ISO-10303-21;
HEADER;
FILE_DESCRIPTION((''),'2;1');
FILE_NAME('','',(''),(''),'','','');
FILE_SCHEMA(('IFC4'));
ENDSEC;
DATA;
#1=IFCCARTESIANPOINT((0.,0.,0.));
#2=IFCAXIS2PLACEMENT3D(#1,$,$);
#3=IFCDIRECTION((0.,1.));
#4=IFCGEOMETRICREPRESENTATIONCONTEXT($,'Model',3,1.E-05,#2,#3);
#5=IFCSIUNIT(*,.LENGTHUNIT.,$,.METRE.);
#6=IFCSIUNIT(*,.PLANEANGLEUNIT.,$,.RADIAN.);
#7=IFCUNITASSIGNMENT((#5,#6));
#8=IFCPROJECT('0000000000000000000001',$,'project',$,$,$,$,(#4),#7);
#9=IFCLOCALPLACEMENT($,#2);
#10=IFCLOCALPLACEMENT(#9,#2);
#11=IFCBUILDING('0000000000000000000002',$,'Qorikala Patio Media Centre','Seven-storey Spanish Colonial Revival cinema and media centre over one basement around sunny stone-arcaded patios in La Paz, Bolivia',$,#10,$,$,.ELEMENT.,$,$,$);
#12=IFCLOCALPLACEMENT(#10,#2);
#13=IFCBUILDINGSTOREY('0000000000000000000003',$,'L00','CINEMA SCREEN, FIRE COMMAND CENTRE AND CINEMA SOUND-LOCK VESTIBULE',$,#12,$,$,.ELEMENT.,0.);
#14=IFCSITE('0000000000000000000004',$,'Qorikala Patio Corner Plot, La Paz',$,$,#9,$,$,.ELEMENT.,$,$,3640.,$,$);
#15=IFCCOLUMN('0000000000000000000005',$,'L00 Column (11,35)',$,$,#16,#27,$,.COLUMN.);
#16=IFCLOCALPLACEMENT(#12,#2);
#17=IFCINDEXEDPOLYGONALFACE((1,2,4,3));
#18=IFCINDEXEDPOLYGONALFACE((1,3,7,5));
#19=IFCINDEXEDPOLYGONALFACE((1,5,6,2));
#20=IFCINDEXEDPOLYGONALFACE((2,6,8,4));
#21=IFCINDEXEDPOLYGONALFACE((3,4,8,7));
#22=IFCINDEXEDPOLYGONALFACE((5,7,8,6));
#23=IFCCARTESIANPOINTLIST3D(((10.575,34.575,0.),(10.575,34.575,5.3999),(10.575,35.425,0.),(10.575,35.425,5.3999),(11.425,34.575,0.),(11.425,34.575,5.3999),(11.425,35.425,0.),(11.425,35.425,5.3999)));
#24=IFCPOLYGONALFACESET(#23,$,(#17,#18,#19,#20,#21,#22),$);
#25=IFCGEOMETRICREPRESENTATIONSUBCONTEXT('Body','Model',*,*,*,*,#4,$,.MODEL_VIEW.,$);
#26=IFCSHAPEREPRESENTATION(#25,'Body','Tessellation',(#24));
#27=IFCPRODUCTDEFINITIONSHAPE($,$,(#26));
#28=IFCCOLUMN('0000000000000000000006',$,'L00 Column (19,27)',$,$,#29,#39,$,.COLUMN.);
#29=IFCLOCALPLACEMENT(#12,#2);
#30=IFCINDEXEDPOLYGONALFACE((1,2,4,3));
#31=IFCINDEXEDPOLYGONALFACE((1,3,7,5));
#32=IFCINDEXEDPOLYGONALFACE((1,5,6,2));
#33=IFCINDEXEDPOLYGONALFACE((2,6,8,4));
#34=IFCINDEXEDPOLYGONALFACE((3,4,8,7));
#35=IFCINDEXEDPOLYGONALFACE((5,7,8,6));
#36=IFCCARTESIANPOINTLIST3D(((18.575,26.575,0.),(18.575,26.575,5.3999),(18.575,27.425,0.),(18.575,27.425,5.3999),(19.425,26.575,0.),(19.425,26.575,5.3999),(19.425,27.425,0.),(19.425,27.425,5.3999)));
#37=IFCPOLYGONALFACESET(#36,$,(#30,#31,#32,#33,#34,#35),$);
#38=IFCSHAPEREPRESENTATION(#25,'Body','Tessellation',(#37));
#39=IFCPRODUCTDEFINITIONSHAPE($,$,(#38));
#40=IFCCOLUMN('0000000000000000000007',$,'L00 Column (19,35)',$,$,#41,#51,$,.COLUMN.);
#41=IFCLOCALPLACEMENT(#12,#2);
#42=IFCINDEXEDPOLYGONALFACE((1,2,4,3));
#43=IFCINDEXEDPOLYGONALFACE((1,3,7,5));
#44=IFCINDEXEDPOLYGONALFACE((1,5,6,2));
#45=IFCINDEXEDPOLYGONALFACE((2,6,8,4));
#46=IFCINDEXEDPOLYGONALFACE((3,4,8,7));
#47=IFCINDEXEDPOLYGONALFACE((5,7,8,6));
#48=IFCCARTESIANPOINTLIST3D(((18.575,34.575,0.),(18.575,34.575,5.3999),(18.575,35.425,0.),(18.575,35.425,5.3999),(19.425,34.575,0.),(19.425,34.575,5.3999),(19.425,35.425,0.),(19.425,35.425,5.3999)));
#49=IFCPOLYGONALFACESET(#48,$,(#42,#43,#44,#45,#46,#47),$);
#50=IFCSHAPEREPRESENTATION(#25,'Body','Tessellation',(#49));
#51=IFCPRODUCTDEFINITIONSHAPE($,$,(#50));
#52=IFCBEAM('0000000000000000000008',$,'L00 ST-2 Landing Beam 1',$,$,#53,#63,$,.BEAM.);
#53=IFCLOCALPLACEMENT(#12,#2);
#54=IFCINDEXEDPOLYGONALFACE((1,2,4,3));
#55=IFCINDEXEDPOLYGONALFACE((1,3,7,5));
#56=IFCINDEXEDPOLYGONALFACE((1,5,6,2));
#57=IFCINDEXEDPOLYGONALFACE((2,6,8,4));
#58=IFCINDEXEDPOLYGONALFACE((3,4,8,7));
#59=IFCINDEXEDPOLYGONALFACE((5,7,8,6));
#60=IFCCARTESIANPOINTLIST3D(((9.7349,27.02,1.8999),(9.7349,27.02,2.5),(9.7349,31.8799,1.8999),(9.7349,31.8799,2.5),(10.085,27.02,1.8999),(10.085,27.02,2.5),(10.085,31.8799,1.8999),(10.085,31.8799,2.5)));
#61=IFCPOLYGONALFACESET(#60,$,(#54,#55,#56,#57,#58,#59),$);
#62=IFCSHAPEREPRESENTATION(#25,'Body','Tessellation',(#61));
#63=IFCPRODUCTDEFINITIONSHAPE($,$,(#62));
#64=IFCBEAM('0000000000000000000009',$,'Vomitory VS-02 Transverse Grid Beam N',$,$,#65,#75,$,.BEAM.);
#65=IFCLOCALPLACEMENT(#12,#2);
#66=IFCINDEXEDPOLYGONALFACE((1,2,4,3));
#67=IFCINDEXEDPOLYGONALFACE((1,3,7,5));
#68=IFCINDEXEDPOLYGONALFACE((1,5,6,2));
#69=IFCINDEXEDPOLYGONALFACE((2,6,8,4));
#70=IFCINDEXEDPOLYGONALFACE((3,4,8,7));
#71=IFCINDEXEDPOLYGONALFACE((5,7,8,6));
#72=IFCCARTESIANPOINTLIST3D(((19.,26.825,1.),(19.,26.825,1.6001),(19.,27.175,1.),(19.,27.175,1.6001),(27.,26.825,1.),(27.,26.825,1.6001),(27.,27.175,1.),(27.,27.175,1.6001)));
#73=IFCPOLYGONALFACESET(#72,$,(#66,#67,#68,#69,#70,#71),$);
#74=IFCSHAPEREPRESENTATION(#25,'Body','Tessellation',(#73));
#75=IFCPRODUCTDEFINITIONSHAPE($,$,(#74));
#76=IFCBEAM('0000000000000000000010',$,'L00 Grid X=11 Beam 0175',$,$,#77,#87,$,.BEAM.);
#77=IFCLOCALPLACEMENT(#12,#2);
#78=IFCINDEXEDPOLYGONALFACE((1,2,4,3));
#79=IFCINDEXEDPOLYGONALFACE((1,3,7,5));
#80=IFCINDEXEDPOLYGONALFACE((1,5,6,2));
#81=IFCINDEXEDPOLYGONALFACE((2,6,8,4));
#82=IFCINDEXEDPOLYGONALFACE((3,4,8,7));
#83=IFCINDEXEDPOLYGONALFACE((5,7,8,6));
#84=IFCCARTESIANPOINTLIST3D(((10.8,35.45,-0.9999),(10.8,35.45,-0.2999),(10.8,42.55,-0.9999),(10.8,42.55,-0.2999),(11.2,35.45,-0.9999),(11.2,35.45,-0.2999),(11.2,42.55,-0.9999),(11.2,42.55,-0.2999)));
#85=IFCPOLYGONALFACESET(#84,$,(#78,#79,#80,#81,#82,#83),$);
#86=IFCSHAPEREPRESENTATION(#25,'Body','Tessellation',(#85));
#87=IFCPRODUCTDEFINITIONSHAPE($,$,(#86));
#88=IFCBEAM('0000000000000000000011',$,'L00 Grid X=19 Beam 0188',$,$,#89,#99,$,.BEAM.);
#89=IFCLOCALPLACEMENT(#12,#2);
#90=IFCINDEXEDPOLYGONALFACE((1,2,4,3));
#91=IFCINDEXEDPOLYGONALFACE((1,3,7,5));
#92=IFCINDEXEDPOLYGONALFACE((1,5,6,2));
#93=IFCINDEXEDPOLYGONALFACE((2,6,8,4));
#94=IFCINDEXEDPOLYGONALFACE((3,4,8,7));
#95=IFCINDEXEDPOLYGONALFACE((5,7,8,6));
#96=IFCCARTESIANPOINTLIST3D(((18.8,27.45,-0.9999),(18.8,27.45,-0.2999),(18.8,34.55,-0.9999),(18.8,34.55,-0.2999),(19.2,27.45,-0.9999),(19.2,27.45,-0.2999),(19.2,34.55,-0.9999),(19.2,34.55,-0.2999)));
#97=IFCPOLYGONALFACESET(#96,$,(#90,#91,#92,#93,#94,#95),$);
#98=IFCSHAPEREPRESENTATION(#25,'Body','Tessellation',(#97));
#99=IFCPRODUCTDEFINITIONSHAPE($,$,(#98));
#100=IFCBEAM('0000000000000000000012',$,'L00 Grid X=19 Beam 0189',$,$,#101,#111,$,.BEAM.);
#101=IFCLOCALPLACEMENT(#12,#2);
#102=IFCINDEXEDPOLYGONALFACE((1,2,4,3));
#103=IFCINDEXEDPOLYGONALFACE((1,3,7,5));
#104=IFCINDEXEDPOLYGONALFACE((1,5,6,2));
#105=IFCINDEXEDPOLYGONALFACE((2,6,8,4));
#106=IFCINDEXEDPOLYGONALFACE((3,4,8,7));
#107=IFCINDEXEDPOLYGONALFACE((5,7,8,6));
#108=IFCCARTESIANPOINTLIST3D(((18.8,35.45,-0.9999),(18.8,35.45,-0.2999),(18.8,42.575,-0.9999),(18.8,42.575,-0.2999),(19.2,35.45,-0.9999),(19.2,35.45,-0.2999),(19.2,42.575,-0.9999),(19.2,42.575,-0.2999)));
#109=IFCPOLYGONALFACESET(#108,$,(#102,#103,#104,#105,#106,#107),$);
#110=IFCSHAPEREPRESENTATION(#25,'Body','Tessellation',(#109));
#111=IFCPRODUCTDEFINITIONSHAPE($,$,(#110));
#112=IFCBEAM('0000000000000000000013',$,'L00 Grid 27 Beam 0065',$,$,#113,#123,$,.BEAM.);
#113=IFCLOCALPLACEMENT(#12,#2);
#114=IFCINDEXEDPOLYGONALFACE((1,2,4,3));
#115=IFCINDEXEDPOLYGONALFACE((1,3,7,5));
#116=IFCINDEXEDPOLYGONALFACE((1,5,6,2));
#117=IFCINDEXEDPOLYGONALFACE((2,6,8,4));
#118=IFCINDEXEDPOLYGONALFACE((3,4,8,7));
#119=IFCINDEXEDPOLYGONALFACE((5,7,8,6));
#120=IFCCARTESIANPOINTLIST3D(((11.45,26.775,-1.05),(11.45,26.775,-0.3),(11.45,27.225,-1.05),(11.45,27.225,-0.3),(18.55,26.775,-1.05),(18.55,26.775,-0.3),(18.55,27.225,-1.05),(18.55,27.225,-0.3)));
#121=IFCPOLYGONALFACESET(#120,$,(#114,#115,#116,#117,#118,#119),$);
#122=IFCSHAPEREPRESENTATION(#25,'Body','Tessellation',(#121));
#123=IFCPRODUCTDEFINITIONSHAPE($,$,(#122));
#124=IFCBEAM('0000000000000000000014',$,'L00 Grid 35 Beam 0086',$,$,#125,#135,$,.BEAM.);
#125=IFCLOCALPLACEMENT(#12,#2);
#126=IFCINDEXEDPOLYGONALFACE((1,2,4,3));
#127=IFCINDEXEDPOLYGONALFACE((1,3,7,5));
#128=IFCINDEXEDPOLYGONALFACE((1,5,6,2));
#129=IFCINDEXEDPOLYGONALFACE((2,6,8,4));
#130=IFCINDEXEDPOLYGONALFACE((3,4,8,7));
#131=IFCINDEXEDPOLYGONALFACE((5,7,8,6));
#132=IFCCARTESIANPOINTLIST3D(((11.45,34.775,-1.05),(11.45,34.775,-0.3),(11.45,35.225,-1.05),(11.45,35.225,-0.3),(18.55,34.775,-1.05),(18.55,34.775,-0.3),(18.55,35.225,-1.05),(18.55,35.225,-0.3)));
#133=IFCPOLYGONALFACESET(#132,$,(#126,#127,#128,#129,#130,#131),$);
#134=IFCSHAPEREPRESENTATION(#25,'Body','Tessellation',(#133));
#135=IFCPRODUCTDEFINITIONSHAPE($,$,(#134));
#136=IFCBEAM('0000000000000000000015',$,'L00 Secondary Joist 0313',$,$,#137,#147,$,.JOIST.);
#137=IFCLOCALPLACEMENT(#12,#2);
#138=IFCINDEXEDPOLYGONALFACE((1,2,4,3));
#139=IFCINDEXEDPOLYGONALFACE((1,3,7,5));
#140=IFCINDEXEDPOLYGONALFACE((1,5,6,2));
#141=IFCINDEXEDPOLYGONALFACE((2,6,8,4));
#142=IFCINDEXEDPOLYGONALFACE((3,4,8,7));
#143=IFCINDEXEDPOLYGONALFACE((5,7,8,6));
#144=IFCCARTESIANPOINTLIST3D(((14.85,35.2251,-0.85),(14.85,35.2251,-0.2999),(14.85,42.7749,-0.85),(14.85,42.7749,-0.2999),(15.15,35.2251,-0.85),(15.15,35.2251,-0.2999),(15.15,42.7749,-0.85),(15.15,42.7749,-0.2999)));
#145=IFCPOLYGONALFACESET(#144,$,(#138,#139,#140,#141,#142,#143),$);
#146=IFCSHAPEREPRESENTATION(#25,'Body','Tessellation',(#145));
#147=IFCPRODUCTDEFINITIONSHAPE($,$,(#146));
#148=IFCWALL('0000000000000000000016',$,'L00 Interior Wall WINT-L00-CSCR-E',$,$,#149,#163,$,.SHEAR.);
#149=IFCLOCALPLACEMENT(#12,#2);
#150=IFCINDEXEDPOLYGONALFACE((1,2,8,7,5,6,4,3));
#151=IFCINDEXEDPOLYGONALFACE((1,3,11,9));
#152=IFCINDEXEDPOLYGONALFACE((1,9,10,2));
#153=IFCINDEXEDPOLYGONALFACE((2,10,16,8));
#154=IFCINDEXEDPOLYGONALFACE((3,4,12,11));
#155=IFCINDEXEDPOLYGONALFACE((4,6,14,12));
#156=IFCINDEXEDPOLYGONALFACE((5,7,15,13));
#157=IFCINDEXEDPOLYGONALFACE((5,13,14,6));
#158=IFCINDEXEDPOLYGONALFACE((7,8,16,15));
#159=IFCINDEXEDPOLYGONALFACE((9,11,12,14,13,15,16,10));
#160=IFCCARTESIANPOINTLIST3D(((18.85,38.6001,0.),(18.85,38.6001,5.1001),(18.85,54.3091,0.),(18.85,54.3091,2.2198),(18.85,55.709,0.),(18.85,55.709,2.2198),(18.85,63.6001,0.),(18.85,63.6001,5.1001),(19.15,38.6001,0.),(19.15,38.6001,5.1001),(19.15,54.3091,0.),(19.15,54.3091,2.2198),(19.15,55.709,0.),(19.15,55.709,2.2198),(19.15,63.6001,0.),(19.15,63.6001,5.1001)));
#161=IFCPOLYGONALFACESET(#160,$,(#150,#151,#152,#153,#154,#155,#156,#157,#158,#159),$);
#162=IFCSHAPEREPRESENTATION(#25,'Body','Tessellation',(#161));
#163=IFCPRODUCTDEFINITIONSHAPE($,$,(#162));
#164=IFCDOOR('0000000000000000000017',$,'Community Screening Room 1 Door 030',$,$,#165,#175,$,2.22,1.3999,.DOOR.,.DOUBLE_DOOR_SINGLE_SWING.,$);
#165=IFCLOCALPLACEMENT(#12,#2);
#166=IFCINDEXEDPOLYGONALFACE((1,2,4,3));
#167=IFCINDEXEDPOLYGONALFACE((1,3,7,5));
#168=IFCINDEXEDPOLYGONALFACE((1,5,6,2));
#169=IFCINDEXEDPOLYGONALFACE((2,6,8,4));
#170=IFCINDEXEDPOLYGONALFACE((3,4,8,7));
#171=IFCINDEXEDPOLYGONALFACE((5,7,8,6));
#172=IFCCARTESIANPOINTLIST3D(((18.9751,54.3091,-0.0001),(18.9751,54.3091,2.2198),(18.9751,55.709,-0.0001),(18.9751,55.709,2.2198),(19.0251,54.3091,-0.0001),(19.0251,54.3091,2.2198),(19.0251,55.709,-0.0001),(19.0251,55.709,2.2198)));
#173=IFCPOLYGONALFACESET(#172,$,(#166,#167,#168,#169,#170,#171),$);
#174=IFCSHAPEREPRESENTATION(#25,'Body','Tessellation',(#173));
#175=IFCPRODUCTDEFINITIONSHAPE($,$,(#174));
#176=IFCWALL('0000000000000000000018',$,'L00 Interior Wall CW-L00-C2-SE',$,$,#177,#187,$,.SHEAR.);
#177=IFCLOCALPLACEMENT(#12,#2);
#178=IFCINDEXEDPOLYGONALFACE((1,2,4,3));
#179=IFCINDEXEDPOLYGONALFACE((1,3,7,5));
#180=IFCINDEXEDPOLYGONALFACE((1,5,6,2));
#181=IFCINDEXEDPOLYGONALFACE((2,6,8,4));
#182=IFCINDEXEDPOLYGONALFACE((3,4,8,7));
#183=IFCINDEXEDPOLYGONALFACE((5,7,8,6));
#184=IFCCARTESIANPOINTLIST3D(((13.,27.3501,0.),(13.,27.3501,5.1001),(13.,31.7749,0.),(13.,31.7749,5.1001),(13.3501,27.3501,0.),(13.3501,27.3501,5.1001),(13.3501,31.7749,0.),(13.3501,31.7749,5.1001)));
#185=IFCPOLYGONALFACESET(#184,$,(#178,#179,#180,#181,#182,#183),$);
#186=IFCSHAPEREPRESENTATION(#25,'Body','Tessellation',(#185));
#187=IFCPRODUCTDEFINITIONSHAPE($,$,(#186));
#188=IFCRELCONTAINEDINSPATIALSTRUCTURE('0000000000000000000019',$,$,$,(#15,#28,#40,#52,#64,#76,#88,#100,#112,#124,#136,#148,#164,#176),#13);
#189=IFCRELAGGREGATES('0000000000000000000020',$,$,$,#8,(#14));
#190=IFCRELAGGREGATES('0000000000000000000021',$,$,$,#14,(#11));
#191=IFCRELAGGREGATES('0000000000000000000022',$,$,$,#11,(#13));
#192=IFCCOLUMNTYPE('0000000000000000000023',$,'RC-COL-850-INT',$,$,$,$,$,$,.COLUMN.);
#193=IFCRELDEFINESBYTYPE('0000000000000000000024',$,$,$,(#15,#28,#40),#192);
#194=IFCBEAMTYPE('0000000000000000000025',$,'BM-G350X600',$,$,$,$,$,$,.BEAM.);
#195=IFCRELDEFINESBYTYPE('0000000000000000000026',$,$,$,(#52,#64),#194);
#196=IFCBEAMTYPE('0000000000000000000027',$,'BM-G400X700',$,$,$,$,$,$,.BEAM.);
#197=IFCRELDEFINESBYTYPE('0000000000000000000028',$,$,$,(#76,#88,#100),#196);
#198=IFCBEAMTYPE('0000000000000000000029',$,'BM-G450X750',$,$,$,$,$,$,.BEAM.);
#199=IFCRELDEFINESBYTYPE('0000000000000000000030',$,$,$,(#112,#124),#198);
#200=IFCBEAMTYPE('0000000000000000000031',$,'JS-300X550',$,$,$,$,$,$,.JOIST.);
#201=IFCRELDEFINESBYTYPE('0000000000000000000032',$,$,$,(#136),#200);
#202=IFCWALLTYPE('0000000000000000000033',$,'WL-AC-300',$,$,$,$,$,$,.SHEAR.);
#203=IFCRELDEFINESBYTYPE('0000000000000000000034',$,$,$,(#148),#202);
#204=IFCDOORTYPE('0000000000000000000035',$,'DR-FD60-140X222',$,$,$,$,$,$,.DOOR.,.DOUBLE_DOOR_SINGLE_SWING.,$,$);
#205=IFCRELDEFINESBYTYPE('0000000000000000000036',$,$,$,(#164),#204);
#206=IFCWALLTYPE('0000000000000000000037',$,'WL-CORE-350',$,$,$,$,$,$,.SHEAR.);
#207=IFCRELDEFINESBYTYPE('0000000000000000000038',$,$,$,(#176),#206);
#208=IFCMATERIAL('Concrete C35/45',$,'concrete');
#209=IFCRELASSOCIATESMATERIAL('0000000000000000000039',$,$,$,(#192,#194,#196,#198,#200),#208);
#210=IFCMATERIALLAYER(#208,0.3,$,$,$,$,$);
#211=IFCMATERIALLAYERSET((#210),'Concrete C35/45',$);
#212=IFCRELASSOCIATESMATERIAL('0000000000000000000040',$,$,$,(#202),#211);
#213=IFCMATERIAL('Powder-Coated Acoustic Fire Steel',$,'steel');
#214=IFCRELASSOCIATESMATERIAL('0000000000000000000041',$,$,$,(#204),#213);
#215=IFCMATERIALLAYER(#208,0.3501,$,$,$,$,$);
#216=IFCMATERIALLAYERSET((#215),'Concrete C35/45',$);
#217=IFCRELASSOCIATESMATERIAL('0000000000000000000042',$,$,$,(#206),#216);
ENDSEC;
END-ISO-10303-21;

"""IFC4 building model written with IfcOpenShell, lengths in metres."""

from ifc_helpers import new_model, si_unit, direction, frame, frame_2d, origin, origin_2d, place, context, subcontext, project, spatial, rectangle, extrude, material, layer, layer_set, material_profile, profile_set, type_object, element, fill, save


model = new_model("IFC4")

# Units and contexts
model_context = context("Model", 3, precision=1e-05, world=origin(), true_north=direction((0.0, 1.0)))
body_context = subcontext(model_context, "Body", "Model", "MODEL_VIEW")
ifc_project = project(units=[si_unit("LENGTHUNIT", "METRE"), si_unit("PLANEANGLEUNIT", "RADIAN")], contexts=[model_context])

# Site, building, storey
site_placement = place(None, origin())
site = spatial("IfcSite", under=ifc_project, at=site_placement, Name="Qorikala Patio Corner Plot, La Paz", CompositionType="ELEMENT", RefElevation=3640.0)
building_placement = place(site_placement, origin())
building = spatial("IfcBuilding", under=site, at=building_placement, Name="Qorikala Patio Media Centre", Description="Seven-storey Spanish Colonial Revival cinema and media centre over one basement around sunny stone-arcaded patios in La Paz, Bolivia", CompositionType="ELEMENT")
storey_placement = place(building_placement, origin())
storey = spatial("IfcBuildingStorey", under=building, at=storey_placement, Name="L00", Description="CINEMA SCREEN, FIRE COMMAND CENTRE AND CINEMA SOUND-LOCK VESTIBULE", CompositionType="ELEMENT", Elevation=0.0)

# Columns
ifc_material_1 = material(Name="Concrete C35/45", Category="concrete")
ifc_material_profile_1 = material_profile(ifc_material_1, rectangle(XDim=0.8501, YDim=0.8501, at=origin_2d()), Name="RC 850x850")
ifc_profile_set_1 = profile_set([ifc_material_profile_1], Name="Concrete C35/45")
column_type = type_object("IfcColumnType", Name="RC-COL-850-INT", PredefinedType="COLUMN", material=ifc_profile_set_1)
for number, where, z_axis, x_axis, name in (
    (1, (11.0, 35.0, 0.0), (0.0, 0.0, 1.0), (1.0, 0.0, 0.0), "L00 Column (11,35)"),
    (2, (19.0, 27.0, 0.0), (0.0, 0.0, 1.0), (1.0, 0.0, 0.0), "L00 Column (19,27)"),
    (3, (19.0, 35.0, 0.0), (0.0, 0.0, 1.0), (1.0, 0.0, 0.0), "L00 Column (19,35)"),
):
    element("IfcColumn", number, at=place(storey_placement, frame(where, z_axis=z_axis, x_axis=x_axis)), inside=storey, type_object=column_type, Name=name, PredefinedType="COLUMN", context=body_context, shape_type="SweptSolid", body=[
        extrude(rectangle(XDim=0.8501, YDim=0.8501, at=origin_2d()), origin(), (0.0, 0.0, 1.0), 5.3999),
    ])

# Beams
ifc_material_profile_2 = material_profile(ifc_material_1, rectangle(XDim=0.3501, YDim=0.6001, at=origin_2d()), Name="RC 350x600")
ifc_profile_set_2 = profile_set([ifc_material_profile_2], Name="Concrete C35/45")
beam_type_1 = type_object("IfcBeamType", Name="BM-G350X600", PredefinedType="BEAM", material=ifc_profile_set_2)
beam_1_placement = place(storey_placement, frame((9.9099, 27.02, 2.2), z_axis=(0.0, 1.0, 0.0), x_axis=(-1.0, 0.0, 0.0)))
element("IfcBeam", 4, at=beam_1_placement, inside=storey, type_object=beam_type_1, Name="L00 ST-2 Landing Beam 1", PredefinedType="BEAM", context=body_context, shape_type="SweptSolid", body=[
    extrude(rectangle(XDim=0.3501, YDim=0.6001, at=origin_2d()), origin(), (0.0, 0.0, 1.0), 4.8599),
])
beam_2_placement = place(storey_placement, frame((19.0, 27.0, 1.3), z_axis=(1.0, 0.0, 0.0), x_axis=(0.0, 1.0, 0.0)))
element("IfcBeam", 5, at=beam_2_placement, inside=storey, type_object=beam_type_1, Name="Vomitory VS-02 Transverse Grid Beam N", PredefinedType="BEAM", context=body_context, shape_type="SweptSolid", body=[
    extrude(rectangle(XDim=0.3501, YDim=0.6001, at=origin_2d()), origin(), (0.0, 0.0, 1.0), 8.0),
])
ifc_material_profile_3 = material_profile(ifc_material_1, rectangle(XDim=0.3999, YDim=0.7, at=origin_2d()), Name="RC 400x700")
ifc_profile_set_3 = profile_set([ifc_material_profile_3], Name="Concrete C35/45")
beam_type_2 = type_object("IfcBeamType", Name="BM-G400X700", PredefinedType="BEAM", material=ifc_profile_set_3)
for number, where, z_axis, x_axis, name in (
    (6, (11.0, 35.45, -0.6499), (0.0, 1.0, 0.0), (-1.0, 0.0, 0.0), "L00 Grid X=11 Beam 0175"),
    (7, (19.0, 27.45, -0.6499), (0.0, 1.0, 0.0), (-1.0, 0.0, 0.0), "L00 Grid X=19 Beam 0188"),
):
    element("IfcBeam", number, at=place(storey_placement, frame(where, z_axis=z_axis, x_axis=x_axis)), inside=storey, type_object=beam_type_2, Name=name, PredefinedType="BEAM", context=body_context, shape_type="SweptSolid", body=[
        extrude(rectangle(XDim=0.3999, YDim=0.7, at=origin_2d()), origin(), (0.0, 0.0, 1.0), 7.1001),
    ])
beam_3_placement = place(storey_placement, frame((19.0, 35.45, -0.6499), z_axis=(0.0, 1.0, 0.0), x_axis=(-1.0, 0.0, 0.0)))
element("IfcBeam", 8, at=beam_3_placement, inside=storey, type_object=beam_type_2, Name="L00 Grid X=19 Beam 0189", PredefinedType="BEAM", context=body_context, shape_type="SweptSolid", body=[
    extrude(rectangle(XDim=0.3999, YDim=0.7, at=origin_2d()), origin(), (0.0, 0.0, 1.0), 7.125),
])
ifc_material_profile_4 = material_profile(ifc_material_1, rectangle(XDim=0.45, YDim=0.75, at=origin_2d()), Name="RC 450x750")
ifc_profile_set_4 = profile_set([ifc_material_profile_4], Name="Concrete C35/45")
beam_type_3 = type_object("IfcBeamType", Name="BM-G450X750", PredefinedType="BEAM", material=ifc_profile_set_4)
for number, where, z_axis, x_axis, name in (
    (9, (11.45, 27.0, -0.675), (1.0, 0.0, 0.0), (0.0, 1.0, 0.0), "L00 Grid 27 Beam 0065"),
    (10, (11.45, 35.0, -0.675), (1.0, 0.0, 0.0), (0.0, 1.0, 0.0), "L00 Grid 35 Beam 0086"),
):
    element("IfcBeam", number, at=place(storey_placement, frame(where, z_axis=z_axis, x_axis=x_axis)), inside=storey, type_object=beam_type_3, Name=name, PredefinedType="BEAM", context=body_context, shape_type="SweptSolid", body=[
        extrude(rectangle(XDim=0.45, YDim=0.75, at=origin_2d()), origin(), (0.0, 0.0, 1.0), 7.1001),
    ])
ifc_material_profile_5 = material_profile(ifc_material_1, rectangle(XDim=0.3, YDim=0.55, at=origin_2d()), Name="RC 300x550")
ifc_profile_set_5 = profile_set([ifc_material_profile_5], Name="Concrete C35/45")
beam_type_4 = type_object("IfcBeamType", Name="JS-300X550", PredefinedType="JOIST", material=ifc_profile_set_5)
beam_4_placement = place(storey_placement, frame((15.0, 35.2251, -0.575), z_axis=(0.0, 1.0, 0.0), x_axis=(-1.0, 0.0, 0.0)))
element("IfcBeam", 11, at=beam_4_placement, inside=storey, type_object=beam_type_4, Name="L00 Secondary Joist 0313", PredefinedType="JOIST", context=body_context, shape_type="SweptSolid", body=[
    extrude(rectangle(XDim=0.3, YDim=0.55, at=origin_2d()), origin(), (0.0, 0.0, 1.0), 7.5498),
])

# Wall, opening, door
ifc_layer_1 = layer(ifc_material_1, 0.3)
ifc_layer_set_1 = layer_set([ifc_layer_1], Name="Concrete C35/45")
wall_type_1 = type_object("IfcWallType", Name="WL-AC-300", PredefinedType="SHEAR", material=ifc_layer_set_1)
wall_1_placement = place(storey_placement, frame((19.0, 38.6001, 0.0), z_axis=(0.0, 0.0, 1.0), x_axis=(0.0, 1.0, 0.0)))
wall_1 = element("IfcWall", 12, at=wall_1_placement, inside=storey, type_object=wall_type_1, Name="L00 Interior Wall WINT-L00-CSCR-E", PredefinedType="SHEAR", context=body_context, shape_type="SweptSolid", body=[
    extrude(rectangle(XDim=25.0, YDim=0.3, at=frame_2d((12.5, 0.0))), origin(), (0.0, 0.0, 1.0), 5.1001),
])
opening_1_placement = place(wall_1_placement, frame((15.709, 0.0, 0.0)))
opening_1 = element("IfcOpeningElement", 13, at=opening_1_placement, cuts=wall_1, PredefinedType="OPENING", context=body_context, shape_type="SweptSolid", body=[
    extrude(rectangle(XDim=1.3999, YDim=2.22, at=frame_2d((0.7, 1.1099))), frame((0.0, 0.1599, 0.0), z_axis=(0.0, -1.0, 0.0), x_axis=(1.0, 0.0, 0.0)), (0.0, 0.0, 1.0), 0.3201),
])
ifc_material_2 = material(Name="Powder-Coated Acoustic Fire Steel", Category="steel")
door_type_1 = type_object("IfcDoorType", Name="DR-FD60-140X222", OperationType="DOUBLE_DOOR_SINGLE_SWING", PredefinedType="DOOR", material=ifc_material_2)
door_1_placement = place(opening_1_placement, origin())
door_1 = element("IfcDoor", 14, at=door_1_placement, inside=storey, type_object=door_type_1, Name="Community Screening Room 1 Door 030", OperationType="DOUBLE_DOOR_SINGLE_SWING", OverallHeight=2.22, OverallWidth=1.3999, PredefinedType="DOOR", context=body_context, shape_type="SweptSolid", body=[
    extrude(rectangle(XDim=1.3999, YDim=2.22, at=frame_2d((0.7, 1.1099))), frame((0.0, 0.0249, 0.0), z_axis=(0.0, -1.0, 0.0), x_axis=(1.0, 0.0, 0.0)), (0.0, 0.0, 1.0), 0.05),
])
fill(opening_1, door_1)

# Wall
ifc_layer_2 = layer(ifc_material_1, 0.3501)
ifc_layer_set_2 = layer_set([ifc_layer_2], Name="Concrete C35/45")
wall_type_2 = type_object("IfcWallType", Name="WL-CORE-350", PredefinedType="SHEAR", material=ifc_layer_set_2)
wall_2_placement = place(storey_placement, frame((13.175, 27.3501, 0.0), z_axis=(0.0, 0.0, 1.0), x_axis=(0.0, 1.0, 0.0)))
element("IfcWall", 15, at=wall_2_placement, inside=storey, type_object=wall_type_2, Name="L00 Interior Wall CW-L00-C2-SE", PredefinedType="SHEAR", context=body_context, shape_type="SweptSolid", body=[
    extrude(rectangle(XDim=4.4248, YDim=0.3501, at=frame_2d((2.2124, 0.0))), origin(), (0.0, 0.0, 1.0), 5.1001),
])

save(model, "model.ifc")
